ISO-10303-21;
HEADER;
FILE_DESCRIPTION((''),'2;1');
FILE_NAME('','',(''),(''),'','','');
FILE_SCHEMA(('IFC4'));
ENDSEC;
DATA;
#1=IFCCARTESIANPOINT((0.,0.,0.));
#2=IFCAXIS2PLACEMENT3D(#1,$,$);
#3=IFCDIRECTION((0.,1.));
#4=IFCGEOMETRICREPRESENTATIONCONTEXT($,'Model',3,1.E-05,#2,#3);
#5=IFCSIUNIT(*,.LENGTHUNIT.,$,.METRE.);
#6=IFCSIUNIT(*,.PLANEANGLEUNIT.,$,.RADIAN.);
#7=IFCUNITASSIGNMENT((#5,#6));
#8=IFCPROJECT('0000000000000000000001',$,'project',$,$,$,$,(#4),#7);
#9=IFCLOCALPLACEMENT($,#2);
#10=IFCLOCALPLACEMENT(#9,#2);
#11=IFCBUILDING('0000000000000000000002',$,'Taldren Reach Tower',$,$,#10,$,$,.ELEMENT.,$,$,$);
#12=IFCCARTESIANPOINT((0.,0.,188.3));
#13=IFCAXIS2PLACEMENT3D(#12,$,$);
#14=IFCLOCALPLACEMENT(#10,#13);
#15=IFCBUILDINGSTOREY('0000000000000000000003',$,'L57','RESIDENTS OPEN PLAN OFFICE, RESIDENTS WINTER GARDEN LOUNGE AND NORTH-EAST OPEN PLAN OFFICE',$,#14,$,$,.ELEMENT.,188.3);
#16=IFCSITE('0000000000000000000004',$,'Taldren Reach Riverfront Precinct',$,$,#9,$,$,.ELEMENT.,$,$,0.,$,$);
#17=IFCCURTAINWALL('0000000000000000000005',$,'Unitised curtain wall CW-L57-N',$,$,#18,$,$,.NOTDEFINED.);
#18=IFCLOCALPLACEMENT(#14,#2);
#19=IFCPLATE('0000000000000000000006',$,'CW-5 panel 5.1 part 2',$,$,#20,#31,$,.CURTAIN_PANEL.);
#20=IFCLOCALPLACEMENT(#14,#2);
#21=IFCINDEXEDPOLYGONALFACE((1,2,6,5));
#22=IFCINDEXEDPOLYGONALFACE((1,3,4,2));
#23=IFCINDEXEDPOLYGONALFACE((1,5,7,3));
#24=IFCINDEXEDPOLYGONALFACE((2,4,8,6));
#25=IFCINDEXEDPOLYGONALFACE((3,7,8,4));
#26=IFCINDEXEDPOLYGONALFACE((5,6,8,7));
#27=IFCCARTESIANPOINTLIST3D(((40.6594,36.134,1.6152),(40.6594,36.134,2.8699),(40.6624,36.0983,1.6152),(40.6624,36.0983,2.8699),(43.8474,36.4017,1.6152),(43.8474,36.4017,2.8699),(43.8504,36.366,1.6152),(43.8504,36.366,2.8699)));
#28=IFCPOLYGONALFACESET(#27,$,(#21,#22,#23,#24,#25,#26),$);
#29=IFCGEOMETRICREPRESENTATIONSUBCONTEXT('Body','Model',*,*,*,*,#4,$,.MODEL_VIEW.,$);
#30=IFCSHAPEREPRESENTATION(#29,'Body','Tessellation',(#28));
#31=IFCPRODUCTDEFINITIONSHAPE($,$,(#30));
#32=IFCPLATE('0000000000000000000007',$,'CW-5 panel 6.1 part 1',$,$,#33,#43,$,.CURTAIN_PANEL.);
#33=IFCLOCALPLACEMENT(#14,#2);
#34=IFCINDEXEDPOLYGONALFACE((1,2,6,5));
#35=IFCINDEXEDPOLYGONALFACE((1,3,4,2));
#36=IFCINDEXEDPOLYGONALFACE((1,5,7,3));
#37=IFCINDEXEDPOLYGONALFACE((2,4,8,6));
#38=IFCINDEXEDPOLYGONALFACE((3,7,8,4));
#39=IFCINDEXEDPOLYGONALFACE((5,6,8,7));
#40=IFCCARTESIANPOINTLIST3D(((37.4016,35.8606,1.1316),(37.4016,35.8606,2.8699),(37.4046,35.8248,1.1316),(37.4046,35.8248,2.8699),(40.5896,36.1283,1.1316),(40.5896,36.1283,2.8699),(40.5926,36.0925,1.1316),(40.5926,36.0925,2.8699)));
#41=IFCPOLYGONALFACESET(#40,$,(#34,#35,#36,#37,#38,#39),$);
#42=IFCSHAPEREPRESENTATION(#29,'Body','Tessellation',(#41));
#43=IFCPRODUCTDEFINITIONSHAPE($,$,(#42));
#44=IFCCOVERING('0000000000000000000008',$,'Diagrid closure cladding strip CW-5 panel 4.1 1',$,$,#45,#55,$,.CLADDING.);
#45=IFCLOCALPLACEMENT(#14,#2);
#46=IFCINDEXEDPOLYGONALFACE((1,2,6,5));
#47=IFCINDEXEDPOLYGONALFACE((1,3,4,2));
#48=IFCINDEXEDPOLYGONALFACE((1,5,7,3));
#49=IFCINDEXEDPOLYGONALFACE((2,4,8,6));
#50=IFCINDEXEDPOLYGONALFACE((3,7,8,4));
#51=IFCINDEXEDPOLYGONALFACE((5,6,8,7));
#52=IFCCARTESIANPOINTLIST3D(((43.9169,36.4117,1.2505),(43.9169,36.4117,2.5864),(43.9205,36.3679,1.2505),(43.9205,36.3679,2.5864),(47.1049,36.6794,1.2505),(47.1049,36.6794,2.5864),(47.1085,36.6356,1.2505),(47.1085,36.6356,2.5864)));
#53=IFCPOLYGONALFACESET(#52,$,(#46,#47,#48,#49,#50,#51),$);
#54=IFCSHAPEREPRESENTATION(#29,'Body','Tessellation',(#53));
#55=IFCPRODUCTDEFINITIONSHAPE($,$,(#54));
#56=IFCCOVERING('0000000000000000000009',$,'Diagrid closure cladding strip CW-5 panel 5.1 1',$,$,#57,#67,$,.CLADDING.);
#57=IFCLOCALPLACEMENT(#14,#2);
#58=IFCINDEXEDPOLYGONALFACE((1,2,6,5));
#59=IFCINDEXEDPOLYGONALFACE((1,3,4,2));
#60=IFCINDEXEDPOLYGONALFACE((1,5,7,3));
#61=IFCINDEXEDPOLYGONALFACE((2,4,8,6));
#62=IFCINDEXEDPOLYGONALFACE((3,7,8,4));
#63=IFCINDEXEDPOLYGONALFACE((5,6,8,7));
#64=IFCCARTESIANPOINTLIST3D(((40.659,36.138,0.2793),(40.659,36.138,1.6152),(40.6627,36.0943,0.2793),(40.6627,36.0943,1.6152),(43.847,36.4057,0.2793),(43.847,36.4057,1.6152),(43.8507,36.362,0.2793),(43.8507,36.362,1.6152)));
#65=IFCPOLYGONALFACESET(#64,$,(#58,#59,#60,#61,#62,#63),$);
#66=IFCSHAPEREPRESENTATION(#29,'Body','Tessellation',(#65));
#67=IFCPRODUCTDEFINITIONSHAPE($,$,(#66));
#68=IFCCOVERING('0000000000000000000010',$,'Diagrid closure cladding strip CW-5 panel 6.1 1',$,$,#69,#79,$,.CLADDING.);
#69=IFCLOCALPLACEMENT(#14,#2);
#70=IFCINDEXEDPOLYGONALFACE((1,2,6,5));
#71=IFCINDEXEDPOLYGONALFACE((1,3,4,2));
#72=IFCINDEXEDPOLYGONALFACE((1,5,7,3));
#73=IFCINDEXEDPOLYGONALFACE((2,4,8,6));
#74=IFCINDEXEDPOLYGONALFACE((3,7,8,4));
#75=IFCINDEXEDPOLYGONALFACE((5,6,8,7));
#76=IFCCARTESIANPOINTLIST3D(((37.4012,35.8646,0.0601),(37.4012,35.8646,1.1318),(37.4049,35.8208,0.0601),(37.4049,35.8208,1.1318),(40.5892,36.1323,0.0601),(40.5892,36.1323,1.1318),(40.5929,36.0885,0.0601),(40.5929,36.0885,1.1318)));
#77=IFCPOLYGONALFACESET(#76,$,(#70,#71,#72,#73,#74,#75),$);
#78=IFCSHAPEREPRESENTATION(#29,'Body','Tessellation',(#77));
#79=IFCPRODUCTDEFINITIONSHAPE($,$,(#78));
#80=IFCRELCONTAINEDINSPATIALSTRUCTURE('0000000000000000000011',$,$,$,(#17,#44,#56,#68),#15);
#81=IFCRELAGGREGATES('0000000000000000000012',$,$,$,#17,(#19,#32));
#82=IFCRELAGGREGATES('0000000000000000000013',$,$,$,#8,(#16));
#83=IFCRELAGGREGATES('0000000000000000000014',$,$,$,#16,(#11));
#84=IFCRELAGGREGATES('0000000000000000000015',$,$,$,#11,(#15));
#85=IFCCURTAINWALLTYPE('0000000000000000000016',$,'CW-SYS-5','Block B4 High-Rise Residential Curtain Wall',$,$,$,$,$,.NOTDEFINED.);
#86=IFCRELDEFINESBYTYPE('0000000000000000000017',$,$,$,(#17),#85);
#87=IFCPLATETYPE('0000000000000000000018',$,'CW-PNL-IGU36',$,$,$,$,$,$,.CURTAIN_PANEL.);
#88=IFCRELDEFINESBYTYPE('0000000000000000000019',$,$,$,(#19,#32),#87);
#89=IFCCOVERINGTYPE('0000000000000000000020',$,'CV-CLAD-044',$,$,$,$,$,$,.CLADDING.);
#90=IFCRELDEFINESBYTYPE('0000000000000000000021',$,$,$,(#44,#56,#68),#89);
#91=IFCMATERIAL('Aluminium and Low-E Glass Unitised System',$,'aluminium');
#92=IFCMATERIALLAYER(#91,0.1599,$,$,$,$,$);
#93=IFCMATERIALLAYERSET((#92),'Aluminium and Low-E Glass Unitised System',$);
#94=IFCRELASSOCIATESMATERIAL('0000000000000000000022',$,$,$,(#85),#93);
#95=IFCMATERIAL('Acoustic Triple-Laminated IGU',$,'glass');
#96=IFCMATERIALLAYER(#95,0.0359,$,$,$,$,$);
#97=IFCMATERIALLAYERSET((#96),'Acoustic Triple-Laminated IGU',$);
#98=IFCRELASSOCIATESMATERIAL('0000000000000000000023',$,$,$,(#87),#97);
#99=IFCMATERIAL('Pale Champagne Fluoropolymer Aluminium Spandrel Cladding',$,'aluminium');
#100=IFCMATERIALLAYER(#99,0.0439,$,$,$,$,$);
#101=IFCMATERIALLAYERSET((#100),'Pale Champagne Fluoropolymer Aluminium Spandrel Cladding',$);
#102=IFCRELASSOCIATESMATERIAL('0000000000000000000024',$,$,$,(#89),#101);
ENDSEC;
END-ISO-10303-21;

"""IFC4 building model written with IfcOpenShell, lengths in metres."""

from ifc_helpers import new_model, si_unit, direction, frame, origin, origin_2d, place, context, subcontext, project, spatial, rectangle, extrude, source, transform, mapped, material, layer, layer_set, type_object, element, aggregate, save


model = new_model("IFC4")

# Units and contexts
model_context = context("Model", 3, precision=1e-05, world=origin(), true_north=direction((0.0, 1.0)))
body_context = subcontext(model_context, "Body", "Model", "MODEL_VIEW")
ifc_project = project(units=[si_unit("LENGTHUNIT", "METRE"), si_unit("PLANEANGLEUNIT", "RADIAN")], contexts=[model_context])

# Site, building, storey
site_placement = place(None, origin())
site = spatial("IfcSite", under=ifc_project, at=site_placement, Name="Taldren Reach Riverfront Precinct", CompositionType="ELEMENT", RefElevation=0.0)
building_placement = place(site_placement, origin())
building = spatial("IfcBuilding", under=site, at=building_placement, Name="Taldren Reach Tower", CompositionType="ELEMENT")
storey_placement = place(building_placement, frame((0.0, 0.0, 188.3)))
storey = spatial("IfcBuildingStorey", under=building, at=storey_placement, Name="L57", Description="RESIDENTS OPEN PLAN OFFICE, RESIDENTS WINTER GARDEN LOUNGE AND NORTH-EAST OPEN PLAN OFFICE", CompositionType="ELEMENT", Elevation=188.3)

# Curtain wall
ifc_material_1 = material(Name="Aluminium and Low-E Glass Unitised System", Category="aluminium")
ifc_layer_1 = layer(ifc_material_1, 0.1599)
ifc_layer_set_1 = layer_set([ifc_layer_1], Name="Aluminium and Low-E Glass Unitised System")
curtain_wall_type = type_object("IfcCurtainWallType", Name="CW-SYS-5", Description="Block B4 High-Rise Residential Curtain Wall", PredefinedType="NOTDEFINED", material=ifc_layer_set_1)
curtain_wall_placement = place(storey_placement, origin())
curtain_wall = element("IfcCurtainWall", 1, at=curtain_wall_placement, inside=storey, type_object=curtain_wall_type, Name="Unitised curtain wall CW-L57-N", PredefinedType="NOTDEFINED")

# Plates
ifc_material_2 = material(Name="Acoustic Triple-Laminated IGU", Category="glass")
ifc_layer_2 = layer(ifc_material_2, 0.0359)
ifc_layer_set_2 = layer_set([ifc_layer_2], Name="Acoustic Triple-Laminated IGU")
plate_type_1 = type_object("IfcPlateType", Name="CW-PNL-IGU36", PredefinedType="CURTAIN_PANEL", material=ifc_layer_set_2)
shared_shape_1 = source(origin(), body_context, "Body", "SweptSolid", [
    extrude(rectangle(XDim=3.1992, YDim=0.0359, at=origin_2d()), origin(), (0.0, 0.0, 1.0), 1.2546),
])
plate_1_placement = place(storey_placement, frame((42.2549, 36.25, 1.6152), z_axis=(0.0, 0.0, 1.0), x_axis=(-0.996493, -0.083678, 0.0)))
plate_1 = element("IfcPlate", 2, at=plate_1_placement, type_object=plate_type_1, Name="CW-5 panel 5.1 part 2", PredefinedType="CURTAIN_PANEL", context=body_context, shape_type="MappedRepresentation", body=[
    mapped(shared_shape_1, transform((0.0, 0.0, 0.0), scale=1.0)),
])
shared_shape_2 = source(origin(), body_context, "Body", "SweptSolid", [
    extrude(rectangle(XDim=3.1992, YDim=0.0359, at=origin_2d()), origin(), (0.0, 0.0, 1.0), 1.7383),
])
plate_2_placement = place(storey_placement, frame((38.9971, 35.9766, 1.1316), z_axis=(0.0, 0.0, 1.0), x_axis=(-0.996493, -0.083678, 0.0)))
plate_2 = element("IfcPlate", 3, at=plate_2_placement, type_object=plate_type_1, Name="CW-5 panel 6.1 part 1", PredefinedType="CURTAIN_PANEL", context=body_context, shape_type="MappedRepresentation", body=[
    mapped(shared_shape_2, transform((0.0, 0.0, 0.0), scale=1.0)),
])
aggregate(curtain_wall, [plate_1, plate_2])

# Coverings
ifc_material_3 = material(Name="Pale Champagne Fluoropolymer Aluminium Spandrel Cladding", Category="aluminium")
ifc_layer_3 = layer(ifc_material_3, 0.0439)
ifc_layer_set_3 = layer_set([ifc_layer_3], Name="Pale Champagne Fluoropolymer Aluminium Spandrel Cladding")
covering_type = type_object("IfcCoveringType", Name="CV-CLAD-044", PredefinedType="CLADDING", material=ifc_layer_set_3)
shared_shape_3 = source(origin(), body_context, "Body", "SweptSolid", [
    extrude(rectangle(XDim=3.1992, YDim=0.0439, at=origin_2d()), origin(), (0.0, 0.0, 1.0), 1.3359),
])
for number, where, z_axis, x_axis, name in (
    (4, (45.5127, 36.5237, 1.2505), (0.0, 0.0, 1.0), (-0.996493, -0.083678, 0.0), "Diagrid closure cladding strip CW-5 panel 4.1 1"),
    (5, (42.2549, 36.25, 0.2793), (0.0, 0.0, 1.0), (-0.996493, -0.083678, 0.0), "Diagrid closure cladding strip CW-5 panel 5.1 1"),
):
    element("IfcCovering", number, at=place(storey_placement, frame(where, z_axis=z_axis, x_axis=x_axis)), inside=storey, type_object=covering_type, Name=name, PredefinedType="CLADDING", context=body_context, shape_type="MappedRepresentation", body=[
        mapped(shared_shape_3, transform((0.0, 0.0, 0.0), scale=1.0)),
    ])
shared_shape_4 = source(origin(), body_context, "Body", "SweptSolid", [
    extrude(rectangle(XDim=3.1992, YDim=0.0439, at=origin_2d()), origin(), (0.0, 0.0, 1.0), 1.0718),
])
covering_placement = place(storey_placement, frame((38.9971, 35.9766, 0.0601), z_axis=(0.0, 0.0, 1.0), x_axis=(-0.996493, -0.083678, 0.0)))
element("IfcCovering", 6, at=covering_placement, inside=storey, type_object=covering_type, Name="Diagrid closure cladding strip CW-5 panel 6.1 1", PredefinedType="CLADDING", context=body_context, shape_type="MappedRepresentation", body=[
    mapped(shared_shape_4, transform((0.0, 0.0, 0.0), scale=1.0)),
])

save(model, "model.ifc")
